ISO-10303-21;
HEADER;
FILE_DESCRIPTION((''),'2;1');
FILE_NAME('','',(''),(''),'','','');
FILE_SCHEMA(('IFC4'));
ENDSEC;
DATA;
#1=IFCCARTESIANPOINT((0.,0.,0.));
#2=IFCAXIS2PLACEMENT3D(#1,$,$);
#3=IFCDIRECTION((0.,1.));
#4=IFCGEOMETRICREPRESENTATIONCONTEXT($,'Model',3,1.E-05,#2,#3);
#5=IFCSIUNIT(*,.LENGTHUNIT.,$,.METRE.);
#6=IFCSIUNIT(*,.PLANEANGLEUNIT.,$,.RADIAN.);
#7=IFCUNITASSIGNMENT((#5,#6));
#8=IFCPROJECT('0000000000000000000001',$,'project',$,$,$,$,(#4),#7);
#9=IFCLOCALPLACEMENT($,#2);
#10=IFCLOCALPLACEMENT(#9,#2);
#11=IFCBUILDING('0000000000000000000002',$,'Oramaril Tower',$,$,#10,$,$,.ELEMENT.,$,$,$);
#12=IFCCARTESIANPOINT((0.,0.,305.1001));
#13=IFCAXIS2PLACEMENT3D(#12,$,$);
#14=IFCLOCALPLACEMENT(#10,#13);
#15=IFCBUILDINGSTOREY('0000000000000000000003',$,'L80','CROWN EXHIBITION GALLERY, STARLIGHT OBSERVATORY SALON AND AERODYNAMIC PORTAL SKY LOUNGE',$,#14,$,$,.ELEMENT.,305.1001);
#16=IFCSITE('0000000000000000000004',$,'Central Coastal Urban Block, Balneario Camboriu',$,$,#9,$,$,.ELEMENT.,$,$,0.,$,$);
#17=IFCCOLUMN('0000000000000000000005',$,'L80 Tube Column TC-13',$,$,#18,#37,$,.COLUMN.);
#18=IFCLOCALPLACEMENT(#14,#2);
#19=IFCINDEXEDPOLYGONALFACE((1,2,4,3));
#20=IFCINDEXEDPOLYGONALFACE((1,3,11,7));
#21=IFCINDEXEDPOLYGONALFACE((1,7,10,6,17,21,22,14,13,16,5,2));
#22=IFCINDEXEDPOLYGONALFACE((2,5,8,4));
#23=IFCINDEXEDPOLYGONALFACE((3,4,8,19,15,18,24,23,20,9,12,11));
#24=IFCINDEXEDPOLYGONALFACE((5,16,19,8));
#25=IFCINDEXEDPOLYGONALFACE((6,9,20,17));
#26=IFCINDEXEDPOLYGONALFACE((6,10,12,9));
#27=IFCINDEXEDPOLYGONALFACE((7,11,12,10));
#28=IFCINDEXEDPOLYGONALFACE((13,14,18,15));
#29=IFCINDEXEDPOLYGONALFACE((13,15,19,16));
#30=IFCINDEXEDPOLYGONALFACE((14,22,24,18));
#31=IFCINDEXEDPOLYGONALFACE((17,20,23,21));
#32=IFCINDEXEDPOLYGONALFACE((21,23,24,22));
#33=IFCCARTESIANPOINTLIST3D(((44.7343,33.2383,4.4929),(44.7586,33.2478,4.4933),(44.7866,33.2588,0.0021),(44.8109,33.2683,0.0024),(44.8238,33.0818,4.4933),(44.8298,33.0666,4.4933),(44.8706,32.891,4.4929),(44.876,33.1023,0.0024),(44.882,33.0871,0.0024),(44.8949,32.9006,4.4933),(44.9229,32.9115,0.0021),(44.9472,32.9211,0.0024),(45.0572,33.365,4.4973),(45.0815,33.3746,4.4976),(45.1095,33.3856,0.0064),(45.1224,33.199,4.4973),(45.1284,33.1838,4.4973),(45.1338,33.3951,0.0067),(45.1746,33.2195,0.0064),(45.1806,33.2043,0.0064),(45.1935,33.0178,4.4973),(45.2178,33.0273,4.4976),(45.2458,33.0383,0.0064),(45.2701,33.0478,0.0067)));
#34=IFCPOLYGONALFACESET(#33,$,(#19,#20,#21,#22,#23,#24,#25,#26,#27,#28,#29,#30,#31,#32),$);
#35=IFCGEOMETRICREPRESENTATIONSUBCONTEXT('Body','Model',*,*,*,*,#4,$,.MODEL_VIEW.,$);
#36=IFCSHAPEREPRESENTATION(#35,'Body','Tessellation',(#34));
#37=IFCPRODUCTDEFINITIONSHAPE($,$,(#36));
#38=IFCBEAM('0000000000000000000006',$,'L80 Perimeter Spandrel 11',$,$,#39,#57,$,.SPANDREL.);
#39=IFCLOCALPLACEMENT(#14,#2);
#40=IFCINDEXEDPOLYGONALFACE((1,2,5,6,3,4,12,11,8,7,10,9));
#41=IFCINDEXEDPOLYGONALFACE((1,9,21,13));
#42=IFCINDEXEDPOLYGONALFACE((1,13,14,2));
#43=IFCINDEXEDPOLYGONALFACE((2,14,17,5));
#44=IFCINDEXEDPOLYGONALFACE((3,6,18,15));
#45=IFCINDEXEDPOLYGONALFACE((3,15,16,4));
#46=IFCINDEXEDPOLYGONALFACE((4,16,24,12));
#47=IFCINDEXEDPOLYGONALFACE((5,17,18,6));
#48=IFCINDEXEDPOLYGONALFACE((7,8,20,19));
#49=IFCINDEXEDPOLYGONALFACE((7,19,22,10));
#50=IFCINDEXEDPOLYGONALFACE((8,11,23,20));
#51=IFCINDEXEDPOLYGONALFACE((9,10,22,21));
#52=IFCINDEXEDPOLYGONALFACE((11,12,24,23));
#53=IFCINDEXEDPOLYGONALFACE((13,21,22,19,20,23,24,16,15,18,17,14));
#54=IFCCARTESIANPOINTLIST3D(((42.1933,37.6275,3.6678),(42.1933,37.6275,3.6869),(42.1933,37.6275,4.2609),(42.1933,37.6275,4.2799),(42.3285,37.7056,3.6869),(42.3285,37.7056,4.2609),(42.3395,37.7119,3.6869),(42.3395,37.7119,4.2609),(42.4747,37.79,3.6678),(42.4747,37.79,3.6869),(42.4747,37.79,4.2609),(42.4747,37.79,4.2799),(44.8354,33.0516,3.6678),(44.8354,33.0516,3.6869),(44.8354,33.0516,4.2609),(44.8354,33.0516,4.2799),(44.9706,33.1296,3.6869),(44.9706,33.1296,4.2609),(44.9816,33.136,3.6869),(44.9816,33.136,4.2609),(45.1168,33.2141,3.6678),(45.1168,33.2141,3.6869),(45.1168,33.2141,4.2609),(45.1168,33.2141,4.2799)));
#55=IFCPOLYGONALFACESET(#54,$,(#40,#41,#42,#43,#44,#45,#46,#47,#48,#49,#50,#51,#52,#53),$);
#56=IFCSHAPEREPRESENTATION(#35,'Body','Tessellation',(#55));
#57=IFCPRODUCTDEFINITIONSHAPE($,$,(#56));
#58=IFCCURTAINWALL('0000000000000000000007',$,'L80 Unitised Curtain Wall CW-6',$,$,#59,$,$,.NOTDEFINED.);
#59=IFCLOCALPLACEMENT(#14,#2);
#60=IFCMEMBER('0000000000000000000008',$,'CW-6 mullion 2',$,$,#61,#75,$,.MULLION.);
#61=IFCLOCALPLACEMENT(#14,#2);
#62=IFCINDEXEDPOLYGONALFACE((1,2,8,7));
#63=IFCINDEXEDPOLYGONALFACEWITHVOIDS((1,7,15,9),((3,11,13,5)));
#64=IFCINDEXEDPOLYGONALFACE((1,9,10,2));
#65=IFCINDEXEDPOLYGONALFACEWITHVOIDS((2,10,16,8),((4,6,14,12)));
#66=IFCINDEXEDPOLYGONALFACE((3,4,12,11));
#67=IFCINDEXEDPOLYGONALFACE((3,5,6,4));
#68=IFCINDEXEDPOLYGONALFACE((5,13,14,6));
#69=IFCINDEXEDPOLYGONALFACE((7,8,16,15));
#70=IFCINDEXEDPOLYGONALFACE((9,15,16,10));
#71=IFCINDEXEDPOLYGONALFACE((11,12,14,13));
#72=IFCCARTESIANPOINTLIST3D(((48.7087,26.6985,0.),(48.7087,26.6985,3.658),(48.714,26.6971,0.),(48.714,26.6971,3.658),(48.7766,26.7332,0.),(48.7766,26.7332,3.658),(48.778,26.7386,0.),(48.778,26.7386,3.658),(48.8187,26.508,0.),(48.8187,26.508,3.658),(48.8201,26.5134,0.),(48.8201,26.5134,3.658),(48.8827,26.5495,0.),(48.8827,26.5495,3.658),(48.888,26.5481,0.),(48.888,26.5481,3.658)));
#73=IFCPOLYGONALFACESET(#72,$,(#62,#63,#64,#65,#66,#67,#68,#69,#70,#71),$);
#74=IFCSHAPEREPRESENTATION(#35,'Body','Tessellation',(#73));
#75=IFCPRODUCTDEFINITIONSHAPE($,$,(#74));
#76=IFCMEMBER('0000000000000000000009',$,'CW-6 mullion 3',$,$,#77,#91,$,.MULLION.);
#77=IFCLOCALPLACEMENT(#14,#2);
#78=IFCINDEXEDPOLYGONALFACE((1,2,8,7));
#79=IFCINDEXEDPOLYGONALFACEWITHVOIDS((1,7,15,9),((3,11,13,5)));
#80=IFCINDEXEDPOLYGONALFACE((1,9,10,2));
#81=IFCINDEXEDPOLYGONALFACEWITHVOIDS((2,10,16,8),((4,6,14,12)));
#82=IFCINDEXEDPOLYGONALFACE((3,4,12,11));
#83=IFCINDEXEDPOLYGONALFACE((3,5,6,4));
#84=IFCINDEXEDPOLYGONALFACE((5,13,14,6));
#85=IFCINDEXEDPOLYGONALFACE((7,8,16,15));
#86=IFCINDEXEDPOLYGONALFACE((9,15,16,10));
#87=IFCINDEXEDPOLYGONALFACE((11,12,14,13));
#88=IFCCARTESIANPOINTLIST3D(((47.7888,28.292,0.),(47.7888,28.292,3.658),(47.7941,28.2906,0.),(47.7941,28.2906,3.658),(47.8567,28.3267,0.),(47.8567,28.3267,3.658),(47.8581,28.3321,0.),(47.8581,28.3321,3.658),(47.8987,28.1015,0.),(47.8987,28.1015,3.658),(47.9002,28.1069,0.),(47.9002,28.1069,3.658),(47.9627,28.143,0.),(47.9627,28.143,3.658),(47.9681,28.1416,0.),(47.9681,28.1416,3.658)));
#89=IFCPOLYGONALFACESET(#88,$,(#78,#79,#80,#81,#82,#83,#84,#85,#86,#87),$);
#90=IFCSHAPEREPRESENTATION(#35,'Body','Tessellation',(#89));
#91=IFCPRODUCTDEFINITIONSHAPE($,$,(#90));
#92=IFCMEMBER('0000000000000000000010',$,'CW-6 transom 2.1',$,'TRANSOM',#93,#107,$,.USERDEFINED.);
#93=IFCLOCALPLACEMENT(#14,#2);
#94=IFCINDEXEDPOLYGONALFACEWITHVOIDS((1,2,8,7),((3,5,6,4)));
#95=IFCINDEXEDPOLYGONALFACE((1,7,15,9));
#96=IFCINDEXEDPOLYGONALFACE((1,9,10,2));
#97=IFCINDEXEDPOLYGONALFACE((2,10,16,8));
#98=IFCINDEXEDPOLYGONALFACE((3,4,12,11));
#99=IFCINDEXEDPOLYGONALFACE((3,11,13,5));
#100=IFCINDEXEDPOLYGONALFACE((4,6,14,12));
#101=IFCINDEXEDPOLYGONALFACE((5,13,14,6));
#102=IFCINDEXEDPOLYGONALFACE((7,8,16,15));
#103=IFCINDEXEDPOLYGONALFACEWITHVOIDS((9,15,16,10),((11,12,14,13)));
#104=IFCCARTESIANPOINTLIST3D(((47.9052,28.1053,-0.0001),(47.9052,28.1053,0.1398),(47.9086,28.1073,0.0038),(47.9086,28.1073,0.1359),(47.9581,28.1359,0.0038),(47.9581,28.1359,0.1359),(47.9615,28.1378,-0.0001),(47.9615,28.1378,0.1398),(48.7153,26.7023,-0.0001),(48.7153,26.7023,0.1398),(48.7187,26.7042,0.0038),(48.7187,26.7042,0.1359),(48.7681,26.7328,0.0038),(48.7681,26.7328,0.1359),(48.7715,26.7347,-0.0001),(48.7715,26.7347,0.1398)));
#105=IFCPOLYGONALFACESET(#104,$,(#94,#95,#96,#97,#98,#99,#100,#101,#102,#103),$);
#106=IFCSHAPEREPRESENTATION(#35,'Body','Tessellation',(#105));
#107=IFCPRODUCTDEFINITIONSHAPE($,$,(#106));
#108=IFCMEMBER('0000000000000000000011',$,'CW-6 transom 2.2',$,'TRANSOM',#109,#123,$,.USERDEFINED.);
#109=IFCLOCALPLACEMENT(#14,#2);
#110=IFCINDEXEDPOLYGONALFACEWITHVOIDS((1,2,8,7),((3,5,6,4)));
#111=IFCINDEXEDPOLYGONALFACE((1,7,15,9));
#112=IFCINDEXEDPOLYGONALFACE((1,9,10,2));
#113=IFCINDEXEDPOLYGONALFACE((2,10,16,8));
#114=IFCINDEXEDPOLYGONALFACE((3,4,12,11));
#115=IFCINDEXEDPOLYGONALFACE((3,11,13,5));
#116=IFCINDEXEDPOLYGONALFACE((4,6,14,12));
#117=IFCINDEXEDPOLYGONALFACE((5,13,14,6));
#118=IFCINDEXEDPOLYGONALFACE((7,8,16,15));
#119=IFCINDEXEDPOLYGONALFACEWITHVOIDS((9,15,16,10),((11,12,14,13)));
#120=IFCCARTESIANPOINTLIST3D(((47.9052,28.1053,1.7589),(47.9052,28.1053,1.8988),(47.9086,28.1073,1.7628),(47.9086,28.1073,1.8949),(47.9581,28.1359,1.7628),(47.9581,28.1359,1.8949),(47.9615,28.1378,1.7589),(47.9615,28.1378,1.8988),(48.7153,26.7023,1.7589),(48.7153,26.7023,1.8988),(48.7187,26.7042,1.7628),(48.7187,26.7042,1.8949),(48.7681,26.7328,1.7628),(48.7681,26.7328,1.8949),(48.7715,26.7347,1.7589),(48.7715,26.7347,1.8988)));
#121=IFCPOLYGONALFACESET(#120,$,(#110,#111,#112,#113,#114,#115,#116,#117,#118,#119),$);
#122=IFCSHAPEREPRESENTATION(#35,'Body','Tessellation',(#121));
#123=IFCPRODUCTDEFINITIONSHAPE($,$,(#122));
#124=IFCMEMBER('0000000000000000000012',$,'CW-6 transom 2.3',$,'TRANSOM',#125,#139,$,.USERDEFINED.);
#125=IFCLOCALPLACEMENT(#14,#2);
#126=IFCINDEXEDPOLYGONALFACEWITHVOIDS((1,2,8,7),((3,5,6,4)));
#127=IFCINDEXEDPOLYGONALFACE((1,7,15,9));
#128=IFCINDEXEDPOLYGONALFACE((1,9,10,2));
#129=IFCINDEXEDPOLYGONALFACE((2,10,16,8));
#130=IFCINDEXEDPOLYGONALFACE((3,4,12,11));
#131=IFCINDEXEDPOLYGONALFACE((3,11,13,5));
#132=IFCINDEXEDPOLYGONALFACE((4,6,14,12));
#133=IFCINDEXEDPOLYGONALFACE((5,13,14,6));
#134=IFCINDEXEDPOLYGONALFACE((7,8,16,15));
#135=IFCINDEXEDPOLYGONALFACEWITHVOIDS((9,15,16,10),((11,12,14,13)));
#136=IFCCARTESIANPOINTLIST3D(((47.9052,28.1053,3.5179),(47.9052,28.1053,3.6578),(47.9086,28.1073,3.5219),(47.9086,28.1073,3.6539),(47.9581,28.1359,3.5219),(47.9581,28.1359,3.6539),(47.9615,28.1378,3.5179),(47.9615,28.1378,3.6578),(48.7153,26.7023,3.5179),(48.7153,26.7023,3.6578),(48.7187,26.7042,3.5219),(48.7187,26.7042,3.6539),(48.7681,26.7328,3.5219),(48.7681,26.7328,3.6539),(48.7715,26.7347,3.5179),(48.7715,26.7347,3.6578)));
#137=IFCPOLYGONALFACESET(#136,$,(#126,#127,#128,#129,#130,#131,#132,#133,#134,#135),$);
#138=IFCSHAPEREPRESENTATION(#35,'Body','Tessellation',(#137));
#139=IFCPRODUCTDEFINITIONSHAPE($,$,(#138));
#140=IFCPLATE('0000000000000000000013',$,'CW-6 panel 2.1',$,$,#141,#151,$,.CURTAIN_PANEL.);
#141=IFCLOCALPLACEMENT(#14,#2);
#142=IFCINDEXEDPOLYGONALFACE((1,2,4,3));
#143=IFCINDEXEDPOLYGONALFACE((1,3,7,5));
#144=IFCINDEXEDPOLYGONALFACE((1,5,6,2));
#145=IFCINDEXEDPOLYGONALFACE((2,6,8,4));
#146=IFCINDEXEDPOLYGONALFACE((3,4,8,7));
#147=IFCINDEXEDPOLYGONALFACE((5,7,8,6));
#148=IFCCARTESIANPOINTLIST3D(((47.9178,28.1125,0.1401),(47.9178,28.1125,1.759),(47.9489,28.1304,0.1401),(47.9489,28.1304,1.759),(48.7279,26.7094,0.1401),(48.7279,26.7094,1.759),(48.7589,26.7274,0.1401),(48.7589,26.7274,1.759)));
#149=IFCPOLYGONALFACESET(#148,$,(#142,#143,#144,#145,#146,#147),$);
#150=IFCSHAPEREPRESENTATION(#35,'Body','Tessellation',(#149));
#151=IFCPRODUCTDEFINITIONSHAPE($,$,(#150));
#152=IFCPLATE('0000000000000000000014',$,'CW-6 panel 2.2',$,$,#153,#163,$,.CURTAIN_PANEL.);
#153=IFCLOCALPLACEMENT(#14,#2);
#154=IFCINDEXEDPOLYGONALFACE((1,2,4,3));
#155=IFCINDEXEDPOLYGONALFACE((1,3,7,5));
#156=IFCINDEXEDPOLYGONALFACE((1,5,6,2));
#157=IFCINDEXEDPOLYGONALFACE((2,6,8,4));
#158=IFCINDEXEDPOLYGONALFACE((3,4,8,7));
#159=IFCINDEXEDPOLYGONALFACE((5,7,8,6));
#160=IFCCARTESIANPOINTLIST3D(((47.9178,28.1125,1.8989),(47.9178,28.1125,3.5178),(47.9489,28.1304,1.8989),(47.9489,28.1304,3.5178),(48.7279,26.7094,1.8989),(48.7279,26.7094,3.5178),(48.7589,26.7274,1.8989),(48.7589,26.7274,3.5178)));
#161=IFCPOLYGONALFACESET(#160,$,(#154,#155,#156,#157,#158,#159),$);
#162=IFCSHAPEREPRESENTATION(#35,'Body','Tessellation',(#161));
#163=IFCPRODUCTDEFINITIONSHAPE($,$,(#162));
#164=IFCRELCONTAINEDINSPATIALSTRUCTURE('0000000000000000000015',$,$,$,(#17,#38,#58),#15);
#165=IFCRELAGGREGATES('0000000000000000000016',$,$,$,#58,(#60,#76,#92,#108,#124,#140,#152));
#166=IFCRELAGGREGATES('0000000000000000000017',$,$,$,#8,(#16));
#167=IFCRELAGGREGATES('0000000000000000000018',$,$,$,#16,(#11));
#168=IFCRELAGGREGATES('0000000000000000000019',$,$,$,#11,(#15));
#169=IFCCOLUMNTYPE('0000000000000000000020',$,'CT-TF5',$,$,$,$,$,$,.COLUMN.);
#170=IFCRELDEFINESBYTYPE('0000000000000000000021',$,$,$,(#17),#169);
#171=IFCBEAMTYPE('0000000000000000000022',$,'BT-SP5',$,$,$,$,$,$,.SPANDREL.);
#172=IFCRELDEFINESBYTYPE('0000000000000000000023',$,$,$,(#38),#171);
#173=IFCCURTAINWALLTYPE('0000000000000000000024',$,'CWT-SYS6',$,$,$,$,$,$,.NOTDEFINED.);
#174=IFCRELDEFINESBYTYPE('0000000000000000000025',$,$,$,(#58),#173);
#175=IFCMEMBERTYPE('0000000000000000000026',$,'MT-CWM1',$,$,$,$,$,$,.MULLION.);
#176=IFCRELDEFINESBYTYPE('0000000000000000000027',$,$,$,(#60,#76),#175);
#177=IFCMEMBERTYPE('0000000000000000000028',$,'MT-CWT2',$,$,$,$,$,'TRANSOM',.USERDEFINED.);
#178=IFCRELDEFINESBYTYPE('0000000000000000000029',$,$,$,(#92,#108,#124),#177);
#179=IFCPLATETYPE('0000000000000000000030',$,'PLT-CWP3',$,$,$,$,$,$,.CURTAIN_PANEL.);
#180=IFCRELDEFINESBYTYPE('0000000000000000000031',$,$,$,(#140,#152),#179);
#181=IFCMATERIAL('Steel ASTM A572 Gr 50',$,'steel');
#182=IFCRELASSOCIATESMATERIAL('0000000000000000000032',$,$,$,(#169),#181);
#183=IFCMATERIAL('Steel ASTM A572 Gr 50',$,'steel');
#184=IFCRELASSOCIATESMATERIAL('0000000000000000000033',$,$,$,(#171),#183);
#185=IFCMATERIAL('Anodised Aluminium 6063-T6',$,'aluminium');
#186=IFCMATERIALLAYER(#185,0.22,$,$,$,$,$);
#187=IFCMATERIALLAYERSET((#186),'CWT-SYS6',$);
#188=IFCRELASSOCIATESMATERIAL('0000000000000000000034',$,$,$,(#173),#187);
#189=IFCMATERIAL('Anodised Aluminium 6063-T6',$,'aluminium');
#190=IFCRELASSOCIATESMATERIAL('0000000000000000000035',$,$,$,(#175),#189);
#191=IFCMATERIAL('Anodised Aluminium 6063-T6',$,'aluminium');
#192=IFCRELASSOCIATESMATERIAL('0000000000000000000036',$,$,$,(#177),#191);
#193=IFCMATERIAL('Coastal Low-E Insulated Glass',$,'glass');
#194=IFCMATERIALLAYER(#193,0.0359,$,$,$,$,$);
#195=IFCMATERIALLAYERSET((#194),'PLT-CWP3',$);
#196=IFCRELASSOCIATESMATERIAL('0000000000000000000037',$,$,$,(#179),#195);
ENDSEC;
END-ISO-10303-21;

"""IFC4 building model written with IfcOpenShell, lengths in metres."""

from ifc_helpers import new_model, si_unit, direction, frame, origin, origin_2d, place, context, subcontext, project, spatial, rectangle, hollow_rectangle, i_section, extrude, material, layer, layer_set, material_profile, profile_set, type_object, element, aggregate, save


model = new_model("IFC4")

# Units and contexts
model_context = context("Model", 3, precision=1e-05, world=origin(), true_north=direction((0.0, 1.0)))
body_context = subcontext(model_context, "Body", "Model", "MODEL_VIEW")
ifc_project = project(units=[si_unit("LENGTHUNIT", "METRE"), si_unit("PLANEANGLEUNIT", "RADIAN")], contexts=[model_context])

# Site, building, storey
site_placement = place(None, origin())
site = spatial("IfcSite", under=ifc_project, at=site_placement, Name="Central Coastal Urban Block, Balneario Camboriu", CompositionType="ELEMENT", RefElevation=0.0)
building_placement = place(site_placement, origin())
building = spatial("IfcBuilding", under=site, at=building_placement, Name="Oramaril Tower", CompositionType="ELEMENT")
storey_placement = place(building_placement, frame((0.0, 0.0, 305.1001)))
storey = spatial("IfcBuildingStorey", under=building, at=storey_placement, Name="L80", Description="CROWN EXHIBITION GALLERY, STARLIGHT OBSERVATORY SALON AND AERODYNAMIC PORTAL SKY LOUNGE", CompositionType="ELEMENT", Elevation=305.1001)

# Column
ifc_material_1 = material(Name="Steel ASTM A572 Gr 50", Category="steel")
ifc_material_profile_1 = material_profile(ifc_material_1, i_section(OverallWidth=0.373, OverallDepth=0.373, WebThickness=0.0164, FlangeThickness=0.0261, at=origin_2d()), Name="W14X132")
ifc_profile_set_1 = profile_set([ifc_material_profile_1], Name="Steel ASTM A572 Gr 50")
column_type = type_object("IfcColumnType", Name="CT-TF5", PredefinedType="COLUMN", material=ifc_profile_set_1)
column_placement = place(storey_placement, frame((45.0283, 33.1533, 0.0044), z_axis=(-0.011633, -0.004566, 0.999922), x_axis=(0.365383, -0.930857, 0.0)))
element("IfcColumn", 1, at=column_placement, inside=storey, type_object=column_type, Name="L80 Tube Column TC-13", PredefinedType="COLUMN", context=body_context, shape_type="SweptSolid", body=[
    extrude(i_section(OverallWidth=0.373, OverallDepth=0.373, WebThickness=0.0164, FlangeThickness=0.0261, at=origin_2d()), origin(), (0.0, 0.0, 1.0), 4.4912),
])

# Beam
ifc_material_2 = material(Name="Steel ASTM A572 Gr 50", Category="steel")
ifc_material_profile_2 = material_profile(ifc_material_2, i_section(OverallWidth=0.325, OverallDepth=0.6121, WebThickness=0.0127, FlangeThickness=0.019, at=origin_2d()), Name="W24X104")
ifc_profile_set_2 = profile_set([ifc_material_profile_2], Name="Steel ASTM A572 Gr 50")
beam_type = type_object("IfcBeamType", Name="BT-SP5", PredefinedType="SPANDREL", material=ifc_profile_set_2)
beam_placement = place(storey_placement, frame((44.9761, 33.1328, 3.9739), z_axis=(-0.500025, 0.866011, 0.0), x_axis=(-0.866011, -0.500025, 0.0)))
element("IfcBeam", 2, at=beam_placement, inside=storey, type_object=beam_type, Name="L80 Perimeter Spandrel 11", PredefinedType="SPANDREL", context=body_context, shape_type="SweptSolid", body=[
    extrude(i_section(OverallWidth=0.325, OverallDepth=0.6121, WebThickness=0.0127, FlangeThickness=0.019, at=origin_2d()), origin(), (0.0, 0.0, 1.0), 5.2839),
])

# Curtain wall, members, plates
ifc_material_3 = material(Name="Anodised Aluminium 6063-T6", Category="aluminium")
ifc_layer_1 = layer(ifc_material_3, 0.22)
ifc_layer_set_1 = layer_set([ifc_layer_1], Name="CWT-SYS6")
curtain_wall_type = type_object("IfcCurtainWallType", Name="CWT-SYS6", PredefinedType="NOTDEFINED", material=ifc_layer_set_1)
curtain_wall_placement = place(storey_placement, origin())
curtain_wall = element("IfcCurtainWall", 3, at=curtain_wall_placement, inside=storey, type_object=curtain_wall_type, Name="L80 Unitised Curtain Wall CW-6", PredefinedType="NOTDEFINED")
ifc_material_4 = material(Name="Anodised Aluminium 6063-T6", Category="aluminium")
ifc_material_profile_3 = material_profile(ifc_material_4, hollow_rectangle(XDim=0.0801, YDim=0.22, WallThickness=0.0039, at=origin_2d()), Name="CWM220X80")
ifc_profile_set_3 = profile_set([ifc_material_profile_3], Name="Anodised Aluminium 6063-T6")
member_type_1 = type_object("IfcMemberType", Name="MT-CWM1", PredefinedType="MULLION", material=ifc_profile_set_3)
member_1_placement = place(storey_placement, frame((48.7983, 26.6233, 0.0), z_axis=(0.0, 0.0, 1.0), x_axis=(-0.866025, -0.5, 0.0)))
member_1 = element("IfcMember", 4, at=member_1_placement, type_object=member_type_1, Name="CW-6 mullion 2", PredefinedType="MULLION", context=body_context, shape_type="SweptSolid", body=[
    extrude(hollow_rectangle(XDim=0.0801, YDim=0.22, WallThickness=0.0039, at=origin_2d()), origin(), (0.0, 0.0, 1.0), 3.658),
])
member_2_placement = place(storey_placement, frame((47.8784, 28.2168, 0.0), z_axis=(0.0, 0.0, 1.0), x_axis=(-0.866025, -0.5, 0.0)))
member_2 = element("IfcMember", 5, at=member_2_placement, type_object=member_type_1, Name="CW-6 mullion 3", PredefinedType="MULLION", context=body_context, shape_type="SweptSolid", body=[
    extrude(hollow_rectangle(XDim=0.0801, YDim=0.22, WallThickness=0.0039, at=origin_2d()), origin(), (0.0, 0.0, 1.0), 3.658),
])
ifc_material_5 = material(Name="Anodised Aluminium 6063-T6", Category="aluminium")
ifc_material_profile_4 = material_profile(ifc_material_5, hollow_rectangle(XDim=0.0649, YDim=0.1399, WallThickness=0.0039, at=origin_2d()), Name="CWT140X65")
ifc_profile_set_4 = profile_set([ifc_material_profile_4], Name="Anodised Aluminium 6063-T6")
member_type_2 = type_object("IfcMemberType", Name="MT-CWT2", ElementType="TRANSOM", PredefinedType="USERDEFINED", material=ifc_profile_set_4)
member_3_placement = place(storey_placement, frame((48.7434, 26.7185, 0.0698), z_axis=(-0.499996, 0.866027, 0.0), x_axis=(-0.866027, -0.499996, 0.0)))
member_3 = element("IfcMember", 6, at=member_3_placement, type_object=member_type_2, Name="CW-6 transom 2.1", ObjectType="TRANSOM", PredefinedType="USERDEFINED", context=body_context, shape_type="SweptSolid", body=[
    extrude(hollow_rectangle(XDim=0.0649, YDim=0.1399, WallThickness=0.0039, at=origin_2d()), origin(), (0.0, 0.0, 1.0), 1.6201),
])
member_4_placement = place(storey_placement, frame((48.7434, 26.7185, 1.8289), z_axis=(-0.499996, 0.866027, 0.0), x_axis=(-0.866027, -0.499996, 0.0)))
member_4 = element("IfcMember", 7, at=member_4_placement, type_object=member_type_2, Name="CW-6 transom 2.2", ObjectType="TRANSOM", PredefinedType="USERDEFINED", context=body_context, shape_type="SweptSolid", body=[
    extrude(hollow_rectangle(XDim=0.0649, YDim=0.1399, WallThickness=0.0039, at=origin_2d()), origin(), (0.0, 0.0, 1.0), 1.6201),
])
member_5_placement = place(storey_placement, frame((48.7434, 26.7185, 3.5879), z_axis=(-0.499996, 0.866027, 0.0), x_axis=(-0.866027, -0.499996, 0.0)))
member_5 = element("IfcMember", 8, at=member_5_placement, type_object=member_type_2, Name="CW-6 transom 2.3", ObjectType="TRANSOM", PredefinedType="USERDEFINED", context=body_context, shape_type="SweptSolid", body=[
    extrude(hollow_rectangle(XDim=0.0649, YDim=0.1399, WallThickness=0.0039, at=origin_2d()), origin(), (0.0, 0.0, 1.0), 1.6201),
])
ifc_material_6 = material(Name="Coastal Low-E Insulated Glass", Category="glass")
ifc_layer_2 = layer(ifc_material_6, 0.0359)
ifc_layer_set_2 = layer_set([ifc_layer_2], Name="PLT-CWP3")
plate_type = type_object("IfcPlateType", Name="PLT-CWP3", PredefinedType="CURTAIN_PANEL", material=ifc_layer_set_2)
plate_1_placement = place(storey_placement, frame((48.3384, 27.4199, 0.1401), z_axis=(0.0, 0.0, 1.0), x_axis=(-0.5, 0.866025, 0.0)))
plate_1 = element("IfcPlate", 9, at=plate_1_placement, type_object=plate_type, Name="CW-6 panel 2.1", PredefinedType="CURTAIN_PANEL", context=body_context, shape_type="SweptSolid", body=[
    extrude(rectangle(XDim=1.6201, YDim=0.0359, at=origin_2d()), origin(), (0.0, 0.0, 1.0), 1.6189),
])
plate_2_placement = place(storey_placement, frame((48.3384, 27.4199, 1.8989), z_axis=(0.0, 0.0, 1.0), x_axis=(-0.5, 0.866025, 0.0)))
plate_2 = element("IfcPlate", 10, at=plate_2_placement, type_object=plate_type, Name="CW-6 panel 2.2", PredefinedType="CURTAIN_PANEL", context=body_context, shape_type="SweptSolid", body=[
    extrude(rectangle(XDim=1.6201, YDim=0.0359, at=origin_2d()), origin(), (0.0, 0.0, 1.0), 1.6189),
])
aggregate(curtain_wall, [member_1, member_2, member_3, member_4, member_5, plate_1, plate_2])

save(model, "model.ifc")
